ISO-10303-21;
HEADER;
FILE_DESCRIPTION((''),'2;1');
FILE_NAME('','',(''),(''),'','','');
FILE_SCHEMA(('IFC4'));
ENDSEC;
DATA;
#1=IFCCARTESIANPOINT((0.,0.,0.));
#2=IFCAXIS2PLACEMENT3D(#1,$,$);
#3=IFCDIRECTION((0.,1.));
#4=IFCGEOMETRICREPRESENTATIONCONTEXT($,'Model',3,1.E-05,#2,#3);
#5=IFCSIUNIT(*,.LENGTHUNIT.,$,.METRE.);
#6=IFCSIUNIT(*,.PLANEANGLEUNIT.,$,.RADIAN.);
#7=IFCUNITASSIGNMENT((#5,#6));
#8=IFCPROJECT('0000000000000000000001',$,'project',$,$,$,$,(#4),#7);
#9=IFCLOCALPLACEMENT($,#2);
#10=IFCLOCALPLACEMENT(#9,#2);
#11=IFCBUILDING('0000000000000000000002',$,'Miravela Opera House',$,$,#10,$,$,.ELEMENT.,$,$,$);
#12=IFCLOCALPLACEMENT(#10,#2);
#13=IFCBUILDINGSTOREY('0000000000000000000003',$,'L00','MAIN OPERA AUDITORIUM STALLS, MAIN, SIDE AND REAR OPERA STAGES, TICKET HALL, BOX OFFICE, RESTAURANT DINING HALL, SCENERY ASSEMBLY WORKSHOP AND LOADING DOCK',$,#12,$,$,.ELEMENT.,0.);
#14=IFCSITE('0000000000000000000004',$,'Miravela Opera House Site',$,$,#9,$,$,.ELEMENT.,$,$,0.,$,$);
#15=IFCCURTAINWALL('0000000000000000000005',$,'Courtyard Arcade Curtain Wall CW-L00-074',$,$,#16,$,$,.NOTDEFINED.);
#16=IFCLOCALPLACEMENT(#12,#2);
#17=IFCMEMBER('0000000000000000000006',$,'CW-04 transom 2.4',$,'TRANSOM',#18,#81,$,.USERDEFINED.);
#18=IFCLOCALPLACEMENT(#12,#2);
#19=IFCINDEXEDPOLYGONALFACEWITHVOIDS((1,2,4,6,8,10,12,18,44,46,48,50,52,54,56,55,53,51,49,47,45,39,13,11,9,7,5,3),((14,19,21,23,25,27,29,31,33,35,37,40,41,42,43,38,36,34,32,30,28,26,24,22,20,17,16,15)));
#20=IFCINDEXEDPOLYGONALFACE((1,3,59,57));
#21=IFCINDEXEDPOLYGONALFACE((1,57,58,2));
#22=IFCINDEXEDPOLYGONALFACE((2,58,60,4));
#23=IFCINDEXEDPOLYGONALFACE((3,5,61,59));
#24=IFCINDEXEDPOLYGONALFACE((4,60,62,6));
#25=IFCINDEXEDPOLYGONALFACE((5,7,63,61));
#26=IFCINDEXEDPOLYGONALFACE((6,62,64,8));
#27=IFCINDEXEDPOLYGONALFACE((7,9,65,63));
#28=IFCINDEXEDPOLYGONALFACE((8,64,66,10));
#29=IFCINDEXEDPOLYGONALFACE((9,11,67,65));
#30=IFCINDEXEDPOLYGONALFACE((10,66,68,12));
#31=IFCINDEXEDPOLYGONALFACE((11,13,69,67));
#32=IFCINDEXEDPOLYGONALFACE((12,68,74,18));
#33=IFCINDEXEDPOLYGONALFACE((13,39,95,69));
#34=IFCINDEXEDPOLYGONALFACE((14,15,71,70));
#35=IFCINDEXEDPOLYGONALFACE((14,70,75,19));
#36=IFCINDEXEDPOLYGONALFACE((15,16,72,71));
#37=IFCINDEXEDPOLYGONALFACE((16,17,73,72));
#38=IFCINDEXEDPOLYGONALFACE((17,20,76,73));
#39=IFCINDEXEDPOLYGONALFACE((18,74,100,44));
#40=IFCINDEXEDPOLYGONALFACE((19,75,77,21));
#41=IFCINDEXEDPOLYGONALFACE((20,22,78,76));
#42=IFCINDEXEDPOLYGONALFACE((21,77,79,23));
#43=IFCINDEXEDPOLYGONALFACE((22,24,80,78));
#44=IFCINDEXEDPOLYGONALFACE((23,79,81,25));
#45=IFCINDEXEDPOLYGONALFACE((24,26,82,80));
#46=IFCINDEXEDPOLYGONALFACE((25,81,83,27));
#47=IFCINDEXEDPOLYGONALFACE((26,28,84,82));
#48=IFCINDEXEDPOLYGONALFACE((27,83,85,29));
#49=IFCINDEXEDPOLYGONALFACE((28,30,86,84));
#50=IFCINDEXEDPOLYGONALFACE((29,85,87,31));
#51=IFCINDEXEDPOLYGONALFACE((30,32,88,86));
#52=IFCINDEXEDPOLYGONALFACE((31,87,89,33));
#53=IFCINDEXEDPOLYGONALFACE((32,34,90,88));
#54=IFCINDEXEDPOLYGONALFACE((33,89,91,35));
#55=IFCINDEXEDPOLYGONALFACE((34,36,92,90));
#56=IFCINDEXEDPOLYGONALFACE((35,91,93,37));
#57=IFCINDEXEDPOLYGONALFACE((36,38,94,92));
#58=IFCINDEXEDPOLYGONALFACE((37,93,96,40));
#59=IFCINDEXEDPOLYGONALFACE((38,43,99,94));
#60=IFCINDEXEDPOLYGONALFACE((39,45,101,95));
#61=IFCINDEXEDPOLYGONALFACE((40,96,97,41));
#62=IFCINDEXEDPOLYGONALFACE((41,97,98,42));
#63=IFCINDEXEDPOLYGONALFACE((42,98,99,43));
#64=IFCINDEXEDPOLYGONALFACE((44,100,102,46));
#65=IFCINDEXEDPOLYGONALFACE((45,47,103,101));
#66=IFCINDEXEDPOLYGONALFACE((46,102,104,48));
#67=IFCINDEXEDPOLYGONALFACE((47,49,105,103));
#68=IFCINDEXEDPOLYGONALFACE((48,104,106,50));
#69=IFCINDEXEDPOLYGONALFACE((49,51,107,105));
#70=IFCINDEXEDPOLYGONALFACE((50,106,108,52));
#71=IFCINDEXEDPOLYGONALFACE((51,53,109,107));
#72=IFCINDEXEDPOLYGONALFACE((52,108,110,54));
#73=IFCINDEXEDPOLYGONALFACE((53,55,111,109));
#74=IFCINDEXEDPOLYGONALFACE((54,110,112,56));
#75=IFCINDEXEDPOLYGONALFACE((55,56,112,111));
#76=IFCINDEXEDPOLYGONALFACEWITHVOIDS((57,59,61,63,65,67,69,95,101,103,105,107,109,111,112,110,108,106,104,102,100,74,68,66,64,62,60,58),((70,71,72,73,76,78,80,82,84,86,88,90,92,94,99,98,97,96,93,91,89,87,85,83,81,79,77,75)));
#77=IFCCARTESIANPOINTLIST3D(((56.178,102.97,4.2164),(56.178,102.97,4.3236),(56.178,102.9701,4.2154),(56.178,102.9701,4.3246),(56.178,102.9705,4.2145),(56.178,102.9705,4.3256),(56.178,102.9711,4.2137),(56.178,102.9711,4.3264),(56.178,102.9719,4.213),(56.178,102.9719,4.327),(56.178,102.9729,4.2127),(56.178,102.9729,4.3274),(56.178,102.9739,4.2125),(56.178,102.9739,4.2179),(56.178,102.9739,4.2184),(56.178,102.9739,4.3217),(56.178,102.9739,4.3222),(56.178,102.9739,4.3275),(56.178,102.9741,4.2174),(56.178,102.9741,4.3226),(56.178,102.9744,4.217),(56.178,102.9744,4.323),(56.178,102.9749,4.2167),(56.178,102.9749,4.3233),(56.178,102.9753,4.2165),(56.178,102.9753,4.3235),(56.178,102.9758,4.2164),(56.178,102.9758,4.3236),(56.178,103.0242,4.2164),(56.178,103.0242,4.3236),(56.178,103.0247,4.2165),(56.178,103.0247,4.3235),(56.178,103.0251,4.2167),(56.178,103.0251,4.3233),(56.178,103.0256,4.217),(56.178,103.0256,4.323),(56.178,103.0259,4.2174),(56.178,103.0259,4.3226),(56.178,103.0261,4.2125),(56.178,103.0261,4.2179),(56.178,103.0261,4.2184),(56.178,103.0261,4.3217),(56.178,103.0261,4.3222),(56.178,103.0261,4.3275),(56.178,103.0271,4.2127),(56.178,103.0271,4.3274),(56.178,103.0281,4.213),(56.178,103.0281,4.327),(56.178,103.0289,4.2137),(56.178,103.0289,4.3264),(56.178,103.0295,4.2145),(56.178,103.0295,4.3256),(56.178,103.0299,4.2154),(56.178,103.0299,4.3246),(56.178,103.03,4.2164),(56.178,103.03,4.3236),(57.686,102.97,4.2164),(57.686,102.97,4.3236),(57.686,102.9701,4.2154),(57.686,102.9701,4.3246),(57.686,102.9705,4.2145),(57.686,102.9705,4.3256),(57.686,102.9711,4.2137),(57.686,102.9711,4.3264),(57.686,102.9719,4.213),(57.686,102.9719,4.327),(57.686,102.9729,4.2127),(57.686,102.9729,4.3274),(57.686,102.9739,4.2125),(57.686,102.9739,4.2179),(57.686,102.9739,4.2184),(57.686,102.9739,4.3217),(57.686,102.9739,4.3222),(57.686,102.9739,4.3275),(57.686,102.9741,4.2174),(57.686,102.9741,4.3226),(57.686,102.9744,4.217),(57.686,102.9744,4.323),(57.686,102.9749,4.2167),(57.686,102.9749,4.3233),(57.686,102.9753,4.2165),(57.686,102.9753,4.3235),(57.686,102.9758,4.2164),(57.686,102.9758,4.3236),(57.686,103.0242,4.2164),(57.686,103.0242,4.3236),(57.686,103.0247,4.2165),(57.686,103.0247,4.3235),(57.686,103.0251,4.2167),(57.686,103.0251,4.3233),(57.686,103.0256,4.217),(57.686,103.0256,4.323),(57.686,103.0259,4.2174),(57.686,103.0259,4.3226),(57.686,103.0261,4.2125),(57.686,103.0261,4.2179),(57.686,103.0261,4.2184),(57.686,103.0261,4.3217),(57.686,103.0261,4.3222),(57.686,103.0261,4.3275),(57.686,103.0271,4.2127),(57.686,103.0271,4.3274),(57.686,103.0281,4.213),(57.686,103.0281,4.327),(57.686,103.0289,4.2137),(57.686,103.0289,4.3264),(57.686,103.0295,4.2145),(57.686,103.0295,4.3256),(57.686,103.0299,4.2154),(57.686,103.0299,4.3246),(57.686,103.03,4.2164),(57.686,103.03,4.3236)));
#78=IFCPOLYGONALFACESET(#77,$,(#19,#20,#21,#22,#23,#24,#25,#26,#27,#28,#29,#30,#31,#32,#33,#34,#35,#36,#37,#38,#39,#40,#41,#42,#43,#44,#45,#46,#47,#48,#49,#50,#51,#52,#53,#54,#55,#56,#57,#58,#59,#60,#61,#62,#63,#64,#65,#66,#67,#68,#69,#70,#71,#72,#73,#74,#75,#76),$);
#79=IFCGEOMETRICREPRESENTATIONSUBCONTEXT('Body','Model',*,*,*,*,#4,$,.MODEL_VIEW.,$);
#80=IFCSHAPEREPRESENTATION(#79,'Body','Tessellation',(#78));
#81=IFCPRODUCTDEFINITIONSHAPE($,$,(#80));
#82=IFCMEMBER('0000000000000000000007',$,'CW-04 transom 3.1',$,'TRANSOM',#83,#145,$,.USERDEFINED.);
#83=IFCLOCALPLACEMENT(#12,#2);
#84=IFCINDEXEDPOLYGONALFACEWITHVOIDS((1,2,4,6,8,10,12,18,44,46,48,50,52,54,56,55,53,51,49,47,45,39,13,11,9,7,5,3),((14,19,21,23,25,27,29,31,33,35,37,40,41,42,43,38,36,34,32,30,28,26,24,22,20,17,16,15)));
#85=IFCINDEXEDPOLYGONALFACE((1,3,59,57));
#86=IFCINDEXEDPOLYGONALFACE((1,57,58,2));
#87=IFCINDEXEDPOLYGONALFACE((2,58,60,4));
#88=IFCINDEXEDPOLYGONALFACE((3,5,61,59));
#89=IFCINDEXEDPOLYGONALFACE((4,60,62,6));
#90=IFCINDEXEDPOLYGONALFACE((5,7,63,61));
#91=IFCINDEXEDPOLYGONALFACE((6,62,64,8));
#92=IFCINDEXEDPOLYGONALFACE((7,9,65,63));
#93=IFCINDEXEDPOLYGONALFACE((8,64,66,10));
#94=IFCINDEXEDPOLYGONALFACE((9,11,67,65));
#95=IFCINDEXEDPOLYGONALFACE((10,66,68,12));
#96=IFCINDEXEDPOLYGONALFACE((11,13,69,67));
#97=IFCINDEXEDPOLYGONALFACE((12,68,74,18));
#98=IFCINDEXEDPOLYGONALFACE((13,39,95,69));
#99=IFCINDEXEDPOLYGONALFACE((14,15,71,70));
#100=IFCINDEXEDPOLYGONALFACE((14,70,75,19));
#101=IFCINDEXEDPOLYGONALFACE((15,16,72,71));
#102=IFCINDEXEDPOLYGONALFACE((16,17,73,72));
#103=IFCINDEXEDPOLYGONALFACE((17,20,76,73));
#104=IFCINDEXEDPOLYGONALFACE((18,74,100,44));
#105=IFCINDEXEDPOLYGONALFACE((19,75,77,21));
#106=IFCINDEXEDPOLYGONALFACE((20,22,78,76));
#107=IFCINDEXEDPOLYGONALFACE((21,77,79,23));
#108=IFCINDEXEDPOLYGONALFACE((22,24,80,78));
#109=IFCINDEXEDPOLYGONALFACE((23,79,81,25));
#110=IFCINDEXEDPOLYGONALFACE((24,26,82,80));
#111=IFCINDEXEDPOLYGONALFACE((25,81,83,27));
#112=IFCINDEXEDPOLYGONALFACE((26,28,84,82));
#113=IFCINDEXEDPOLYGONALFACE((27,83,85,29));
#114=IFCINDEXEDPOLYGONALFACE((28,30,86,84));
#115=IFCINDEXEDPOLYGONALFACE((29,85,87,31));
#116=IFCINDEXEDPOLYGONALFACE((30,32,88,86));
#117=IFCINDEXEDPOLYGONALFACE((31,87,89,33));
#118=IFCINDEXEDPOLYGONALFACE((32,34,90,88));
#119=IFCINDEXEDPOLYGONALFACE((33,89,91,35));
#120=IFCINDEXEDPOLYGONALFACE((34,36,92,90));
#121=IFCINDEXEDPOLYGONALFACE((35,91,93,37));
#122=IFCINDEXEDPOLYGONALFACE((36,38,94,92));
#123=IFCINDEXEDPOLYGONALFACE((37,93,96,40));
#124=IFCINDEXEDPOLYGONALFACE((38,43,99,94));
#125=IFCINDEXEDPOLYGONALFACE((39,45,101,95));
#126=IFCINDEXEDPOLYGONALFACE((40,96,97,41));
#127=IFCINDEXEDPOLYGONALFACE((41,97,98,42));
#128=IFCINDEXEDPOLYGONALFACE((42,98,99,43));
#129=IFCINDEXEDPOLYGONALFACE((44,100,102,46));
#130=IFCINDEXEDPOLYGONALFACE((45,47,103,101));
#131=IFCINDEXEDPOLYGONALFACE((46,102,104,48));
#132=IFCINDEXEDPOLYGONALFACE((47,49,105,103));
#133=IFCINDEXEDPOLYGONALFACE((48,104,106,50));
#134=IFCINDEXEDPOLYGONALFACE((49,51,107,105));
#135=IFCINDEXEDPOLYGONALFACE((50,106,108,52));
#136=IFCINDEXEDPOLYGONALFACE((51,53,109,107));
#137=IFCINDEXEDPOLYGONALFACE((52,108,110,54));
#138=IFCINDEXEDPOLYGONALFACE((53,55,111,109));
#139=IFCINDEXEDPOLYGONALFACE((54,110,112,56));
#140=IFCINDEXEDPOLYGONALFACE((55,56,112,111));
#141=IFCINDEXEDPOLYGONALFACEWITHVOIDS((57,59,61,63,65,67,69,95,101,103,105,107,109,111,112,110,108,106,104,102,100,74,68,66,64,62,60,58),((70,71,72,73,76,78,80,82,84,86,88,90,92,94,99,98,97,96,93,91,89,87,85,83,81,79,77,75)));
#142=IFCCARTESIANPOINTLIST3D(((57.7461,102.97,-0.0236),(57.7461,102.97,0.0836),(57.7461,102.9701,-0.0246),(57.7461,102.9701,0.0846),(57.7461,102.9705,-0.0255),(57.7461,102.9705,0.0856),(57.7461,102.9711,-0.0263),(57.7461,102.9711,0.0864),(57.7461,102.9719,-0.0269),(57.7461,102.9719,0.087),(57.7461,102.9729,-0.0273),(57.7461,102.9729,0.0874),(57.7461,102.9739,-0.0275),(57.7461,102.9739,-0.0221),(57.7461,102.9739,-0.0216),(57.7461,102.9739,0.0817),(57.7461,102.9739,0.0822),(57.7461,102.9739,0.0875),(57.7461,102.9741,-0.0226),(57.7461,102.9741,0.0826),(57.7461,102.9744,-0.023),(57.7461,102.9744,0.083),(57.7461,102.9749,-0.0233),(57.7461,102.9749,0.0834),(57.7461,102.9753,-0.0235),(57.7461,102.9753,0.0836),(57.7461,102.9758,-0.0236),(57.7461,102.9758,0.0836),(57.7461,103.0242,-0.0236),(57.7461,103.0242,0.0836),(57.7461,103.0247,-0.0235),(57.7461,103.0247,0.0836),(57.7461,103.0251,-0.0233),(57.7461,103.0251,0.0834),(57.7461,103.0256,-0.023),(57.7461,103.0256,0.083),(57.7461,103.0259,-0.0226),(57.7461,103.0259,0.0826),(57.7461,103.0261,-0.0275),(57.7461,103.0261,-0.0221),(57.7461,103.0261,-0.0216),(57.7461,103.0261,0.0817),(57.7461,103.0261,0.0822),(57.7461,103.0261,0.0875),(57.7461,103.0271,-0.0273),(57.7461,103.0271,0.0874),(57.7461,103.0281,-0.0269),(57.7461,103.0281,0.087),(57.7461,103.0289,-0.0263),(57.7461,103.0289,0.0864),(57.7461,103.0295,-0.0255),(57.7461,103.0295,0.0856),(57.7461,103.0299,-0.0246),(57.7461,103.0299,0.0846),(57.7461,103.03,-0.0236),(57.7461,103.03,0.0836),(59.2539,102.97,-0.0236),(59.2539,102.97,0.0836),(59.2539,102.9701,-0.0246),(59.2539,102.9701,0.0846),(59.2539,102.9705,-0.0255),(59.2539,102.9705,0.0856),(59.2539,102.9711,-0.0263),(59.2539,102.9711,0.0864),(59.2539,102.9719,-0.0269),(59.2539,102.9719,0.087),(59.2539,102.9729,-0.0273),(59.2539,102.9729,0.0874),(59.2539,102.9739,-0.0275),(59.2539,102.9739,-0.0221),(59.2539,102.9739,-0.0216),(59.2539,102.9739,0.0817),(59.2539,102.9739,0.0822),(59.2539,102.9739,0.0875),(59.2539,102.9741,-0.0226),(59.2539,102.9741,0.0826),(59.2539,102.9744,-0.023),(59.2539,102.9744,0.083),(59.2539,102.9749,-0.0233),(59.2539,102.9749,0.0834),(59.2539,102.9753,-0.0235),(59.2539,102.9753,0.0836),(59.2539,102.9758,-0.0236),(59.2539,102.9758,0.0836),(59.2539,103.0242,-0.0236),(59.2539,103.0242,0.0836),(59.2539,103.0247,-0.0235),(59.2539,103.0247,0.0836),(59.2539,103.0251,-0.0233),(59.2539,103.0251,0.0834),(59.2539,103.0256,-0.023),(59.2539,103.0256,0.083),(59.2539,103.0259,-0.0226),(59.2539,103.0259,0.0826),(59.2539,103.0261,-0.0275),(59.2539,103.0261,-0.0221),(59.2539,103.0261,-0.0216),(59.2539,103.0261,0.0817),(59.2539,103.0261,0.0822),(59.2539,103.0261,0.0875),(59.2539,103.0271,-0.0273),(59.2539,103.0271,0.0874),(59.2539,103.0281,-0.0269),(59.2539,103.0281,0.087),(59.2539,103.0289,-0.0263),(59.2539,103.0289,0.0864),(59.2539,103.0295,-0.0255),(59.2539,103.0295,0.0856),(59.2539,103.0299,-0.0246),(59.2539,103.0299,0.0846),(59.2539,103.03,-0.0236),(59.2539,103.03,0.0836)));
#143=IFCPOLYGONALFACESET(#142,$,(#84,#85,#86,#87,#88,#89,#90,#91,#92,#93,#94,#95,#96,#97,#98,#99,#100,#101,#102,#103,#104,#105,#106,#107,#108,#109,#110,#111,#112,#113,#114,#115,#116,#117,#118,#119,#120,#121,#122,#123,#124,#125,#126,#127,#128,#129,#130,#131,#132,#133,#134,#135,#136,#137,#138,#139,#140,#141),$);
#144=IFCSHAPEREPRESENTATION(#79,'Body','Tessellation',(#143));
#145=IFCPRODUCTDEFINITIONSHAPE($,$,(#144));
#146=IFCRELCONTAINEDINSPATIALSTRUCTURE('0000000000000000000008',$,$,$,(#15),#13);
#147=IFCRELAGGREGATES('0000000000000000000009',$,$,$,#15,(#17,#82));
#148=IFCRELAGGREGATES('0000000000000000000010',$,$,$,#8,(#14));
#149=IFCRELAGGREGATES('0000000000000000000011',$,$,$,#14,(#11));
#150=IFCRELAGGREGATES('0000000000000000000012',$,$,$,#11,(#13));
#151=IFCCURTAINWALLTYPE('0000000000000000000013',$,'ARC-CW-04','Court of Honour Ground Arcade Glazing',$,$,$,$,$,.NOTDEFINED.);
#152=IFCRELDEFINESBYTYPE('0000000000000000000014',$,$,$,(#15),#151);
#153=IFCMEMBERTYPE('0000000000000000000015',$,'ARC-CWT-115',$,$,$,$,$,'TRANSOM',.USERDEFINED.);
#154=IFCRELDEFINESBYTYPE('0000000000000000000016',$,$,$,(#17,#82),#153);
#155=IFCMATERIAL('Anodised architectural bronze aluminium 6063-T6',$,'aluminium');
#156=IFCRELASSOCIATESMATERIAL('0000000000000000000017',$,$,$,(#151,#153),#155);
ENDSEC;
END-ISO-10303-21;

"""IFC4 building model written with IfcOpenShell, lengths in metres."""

from ifc_helpers import new_model, si_unit, direction, frame, origin, origin_2d, place, context, subcontext, project, spatial, hollow_rectangle, extrude, material, material_profile, profile_set, type_object, element, aggregate, save


model = new_model("IFC4")

# Units and contexts
model_context = context("Model", 3, precision=1e-05, world=origin(), true_north=direction((0.0, 1.0)))
body_context = subcontext(model_context, "Body", "Model", "MODEL_VIEW")
ifc_project = project(units=[si_unit("LENGTHUNIT", "METRE"), si_unit("PLANEANGLEUNIT", "RADIAN")], contexts=[model_context])

# Site, building, storey
site_placement = place(None, origin())
site = spatial("IfcSite", under=ifc_project, at=site_placement, Name="Miravela Opera House Site", CompositionType="ELEMENT", RefElevation=0.0)
building_placement = place(site_placement, origin())
building = spatial("IfcBuilding", under=site, at=building_placement, Name="Miravela Opera House", CompositionType="ELEMENT")
storey_placement = place(building_placement, origin())
storey = spatial("IfcBuildingStorey", under=building, at=storey_placement, Name="L00", Description="MAIN OPERA AUDITORIUM STALLS, MAIN, SIDE AND REAR OPERA STAGES, TICKET HALL, BOX OFFICE, RESTAURANT DINING HALL, SCENERY ASSEMBLY WORKSHOP AND LOADING DOCK", CompositionType="ELEMENT", Elevation=0.0)

# Curtain wall, members
ifc_material_1 = material(Name="Anodised architectural bronze aluminium 6063-T6", Category="aluminium")
curtain_wall_type = type_object("IfcCurtainWallType", Name="ARC-CW-04", Description="Court of Honour Ground Arcade Glazing", PredefinedType="NOTDEFINED", material=ifc_material_1)
curtain_wall_placement = place(storey_placement, origin())
curtain_wall = element("IfcCurtainWall", 1, at=curtain_wall_placement, inside=storey, type_object=curtain_wall_type, Name="Courtyard Arcade Curtain Wall CW-L00-074", PredefinedType="NOTDEFINED")
ifc_material_profile_1 = material_profile(ifc_material_1, hollow_rectangle(XDim=0.0601, YDim=0.115, WallThickness=0.0039, InnerFilletRadius=0.002, OuterFilletRadius=0.0039, at=origin_2d()), Name="CWT-60X115")
ifc_profile_set_1 = profile_set([ifc_material_profile_1])
member_type_1 = type_object("IfcMemberType", Name="ARC-CWT-115", ElementType="TRANSOM", PredefinedType="USERDEFINED", material=ifc_profile_set_1)
member_1_placement = place(storey_placement, frame((56.178, 103.0, 4.27), z_axis=(1.0, 0.0, 0.0), x_axis=(0.0, 1.0, 0.0)))
member_1 = element("IfcMember", 2, at=member_1_placement, type_object=member_type_1, Name="CW-04 transom 2.4", ObjectType="TRANSOM", PredefinedType="USERDEFINED", context=body_context, shape_type="SweptSolid", body=[
    extrude(hollow_rectangle(XDim=0.0601, YDim=0.115, WallThickness=0.0039, InnerFilletRadius=0.002, OuterFilletRadius=0.0039, at=origin_2d()), origin(), (0.0, 0.0, 1.0), 1.5081),
])
member_2_placement = place(storey_placement, frame((57.7461, 103.0, 0.03), z_axis=(1.0, 0.0, 0.0), x_axis=(0.0, 1.0, 0.0)))
member_2 = element("IfcMember", 3, at=member_2_placement, type_object=member_type_1, Name="CW-04 transom 3.1", ObjectType="TRANSOM", PredefinedType="USERDEFINED", context=body_context, shape_type="SweptSolid", body=[
    extrude(hollow_rectangle(XDim=0.0601, YDim=0.115, WallThickness=0.0039, InnerFilletRadius=0.002, OuterFilletRadius=0.0039, at=origin_2d()), origin(), (0.0, 0.0, 1.0), 1.5078),
])

aggregate(curtain_wall, [member_1, member_2])

save(model, "model.ifc")
